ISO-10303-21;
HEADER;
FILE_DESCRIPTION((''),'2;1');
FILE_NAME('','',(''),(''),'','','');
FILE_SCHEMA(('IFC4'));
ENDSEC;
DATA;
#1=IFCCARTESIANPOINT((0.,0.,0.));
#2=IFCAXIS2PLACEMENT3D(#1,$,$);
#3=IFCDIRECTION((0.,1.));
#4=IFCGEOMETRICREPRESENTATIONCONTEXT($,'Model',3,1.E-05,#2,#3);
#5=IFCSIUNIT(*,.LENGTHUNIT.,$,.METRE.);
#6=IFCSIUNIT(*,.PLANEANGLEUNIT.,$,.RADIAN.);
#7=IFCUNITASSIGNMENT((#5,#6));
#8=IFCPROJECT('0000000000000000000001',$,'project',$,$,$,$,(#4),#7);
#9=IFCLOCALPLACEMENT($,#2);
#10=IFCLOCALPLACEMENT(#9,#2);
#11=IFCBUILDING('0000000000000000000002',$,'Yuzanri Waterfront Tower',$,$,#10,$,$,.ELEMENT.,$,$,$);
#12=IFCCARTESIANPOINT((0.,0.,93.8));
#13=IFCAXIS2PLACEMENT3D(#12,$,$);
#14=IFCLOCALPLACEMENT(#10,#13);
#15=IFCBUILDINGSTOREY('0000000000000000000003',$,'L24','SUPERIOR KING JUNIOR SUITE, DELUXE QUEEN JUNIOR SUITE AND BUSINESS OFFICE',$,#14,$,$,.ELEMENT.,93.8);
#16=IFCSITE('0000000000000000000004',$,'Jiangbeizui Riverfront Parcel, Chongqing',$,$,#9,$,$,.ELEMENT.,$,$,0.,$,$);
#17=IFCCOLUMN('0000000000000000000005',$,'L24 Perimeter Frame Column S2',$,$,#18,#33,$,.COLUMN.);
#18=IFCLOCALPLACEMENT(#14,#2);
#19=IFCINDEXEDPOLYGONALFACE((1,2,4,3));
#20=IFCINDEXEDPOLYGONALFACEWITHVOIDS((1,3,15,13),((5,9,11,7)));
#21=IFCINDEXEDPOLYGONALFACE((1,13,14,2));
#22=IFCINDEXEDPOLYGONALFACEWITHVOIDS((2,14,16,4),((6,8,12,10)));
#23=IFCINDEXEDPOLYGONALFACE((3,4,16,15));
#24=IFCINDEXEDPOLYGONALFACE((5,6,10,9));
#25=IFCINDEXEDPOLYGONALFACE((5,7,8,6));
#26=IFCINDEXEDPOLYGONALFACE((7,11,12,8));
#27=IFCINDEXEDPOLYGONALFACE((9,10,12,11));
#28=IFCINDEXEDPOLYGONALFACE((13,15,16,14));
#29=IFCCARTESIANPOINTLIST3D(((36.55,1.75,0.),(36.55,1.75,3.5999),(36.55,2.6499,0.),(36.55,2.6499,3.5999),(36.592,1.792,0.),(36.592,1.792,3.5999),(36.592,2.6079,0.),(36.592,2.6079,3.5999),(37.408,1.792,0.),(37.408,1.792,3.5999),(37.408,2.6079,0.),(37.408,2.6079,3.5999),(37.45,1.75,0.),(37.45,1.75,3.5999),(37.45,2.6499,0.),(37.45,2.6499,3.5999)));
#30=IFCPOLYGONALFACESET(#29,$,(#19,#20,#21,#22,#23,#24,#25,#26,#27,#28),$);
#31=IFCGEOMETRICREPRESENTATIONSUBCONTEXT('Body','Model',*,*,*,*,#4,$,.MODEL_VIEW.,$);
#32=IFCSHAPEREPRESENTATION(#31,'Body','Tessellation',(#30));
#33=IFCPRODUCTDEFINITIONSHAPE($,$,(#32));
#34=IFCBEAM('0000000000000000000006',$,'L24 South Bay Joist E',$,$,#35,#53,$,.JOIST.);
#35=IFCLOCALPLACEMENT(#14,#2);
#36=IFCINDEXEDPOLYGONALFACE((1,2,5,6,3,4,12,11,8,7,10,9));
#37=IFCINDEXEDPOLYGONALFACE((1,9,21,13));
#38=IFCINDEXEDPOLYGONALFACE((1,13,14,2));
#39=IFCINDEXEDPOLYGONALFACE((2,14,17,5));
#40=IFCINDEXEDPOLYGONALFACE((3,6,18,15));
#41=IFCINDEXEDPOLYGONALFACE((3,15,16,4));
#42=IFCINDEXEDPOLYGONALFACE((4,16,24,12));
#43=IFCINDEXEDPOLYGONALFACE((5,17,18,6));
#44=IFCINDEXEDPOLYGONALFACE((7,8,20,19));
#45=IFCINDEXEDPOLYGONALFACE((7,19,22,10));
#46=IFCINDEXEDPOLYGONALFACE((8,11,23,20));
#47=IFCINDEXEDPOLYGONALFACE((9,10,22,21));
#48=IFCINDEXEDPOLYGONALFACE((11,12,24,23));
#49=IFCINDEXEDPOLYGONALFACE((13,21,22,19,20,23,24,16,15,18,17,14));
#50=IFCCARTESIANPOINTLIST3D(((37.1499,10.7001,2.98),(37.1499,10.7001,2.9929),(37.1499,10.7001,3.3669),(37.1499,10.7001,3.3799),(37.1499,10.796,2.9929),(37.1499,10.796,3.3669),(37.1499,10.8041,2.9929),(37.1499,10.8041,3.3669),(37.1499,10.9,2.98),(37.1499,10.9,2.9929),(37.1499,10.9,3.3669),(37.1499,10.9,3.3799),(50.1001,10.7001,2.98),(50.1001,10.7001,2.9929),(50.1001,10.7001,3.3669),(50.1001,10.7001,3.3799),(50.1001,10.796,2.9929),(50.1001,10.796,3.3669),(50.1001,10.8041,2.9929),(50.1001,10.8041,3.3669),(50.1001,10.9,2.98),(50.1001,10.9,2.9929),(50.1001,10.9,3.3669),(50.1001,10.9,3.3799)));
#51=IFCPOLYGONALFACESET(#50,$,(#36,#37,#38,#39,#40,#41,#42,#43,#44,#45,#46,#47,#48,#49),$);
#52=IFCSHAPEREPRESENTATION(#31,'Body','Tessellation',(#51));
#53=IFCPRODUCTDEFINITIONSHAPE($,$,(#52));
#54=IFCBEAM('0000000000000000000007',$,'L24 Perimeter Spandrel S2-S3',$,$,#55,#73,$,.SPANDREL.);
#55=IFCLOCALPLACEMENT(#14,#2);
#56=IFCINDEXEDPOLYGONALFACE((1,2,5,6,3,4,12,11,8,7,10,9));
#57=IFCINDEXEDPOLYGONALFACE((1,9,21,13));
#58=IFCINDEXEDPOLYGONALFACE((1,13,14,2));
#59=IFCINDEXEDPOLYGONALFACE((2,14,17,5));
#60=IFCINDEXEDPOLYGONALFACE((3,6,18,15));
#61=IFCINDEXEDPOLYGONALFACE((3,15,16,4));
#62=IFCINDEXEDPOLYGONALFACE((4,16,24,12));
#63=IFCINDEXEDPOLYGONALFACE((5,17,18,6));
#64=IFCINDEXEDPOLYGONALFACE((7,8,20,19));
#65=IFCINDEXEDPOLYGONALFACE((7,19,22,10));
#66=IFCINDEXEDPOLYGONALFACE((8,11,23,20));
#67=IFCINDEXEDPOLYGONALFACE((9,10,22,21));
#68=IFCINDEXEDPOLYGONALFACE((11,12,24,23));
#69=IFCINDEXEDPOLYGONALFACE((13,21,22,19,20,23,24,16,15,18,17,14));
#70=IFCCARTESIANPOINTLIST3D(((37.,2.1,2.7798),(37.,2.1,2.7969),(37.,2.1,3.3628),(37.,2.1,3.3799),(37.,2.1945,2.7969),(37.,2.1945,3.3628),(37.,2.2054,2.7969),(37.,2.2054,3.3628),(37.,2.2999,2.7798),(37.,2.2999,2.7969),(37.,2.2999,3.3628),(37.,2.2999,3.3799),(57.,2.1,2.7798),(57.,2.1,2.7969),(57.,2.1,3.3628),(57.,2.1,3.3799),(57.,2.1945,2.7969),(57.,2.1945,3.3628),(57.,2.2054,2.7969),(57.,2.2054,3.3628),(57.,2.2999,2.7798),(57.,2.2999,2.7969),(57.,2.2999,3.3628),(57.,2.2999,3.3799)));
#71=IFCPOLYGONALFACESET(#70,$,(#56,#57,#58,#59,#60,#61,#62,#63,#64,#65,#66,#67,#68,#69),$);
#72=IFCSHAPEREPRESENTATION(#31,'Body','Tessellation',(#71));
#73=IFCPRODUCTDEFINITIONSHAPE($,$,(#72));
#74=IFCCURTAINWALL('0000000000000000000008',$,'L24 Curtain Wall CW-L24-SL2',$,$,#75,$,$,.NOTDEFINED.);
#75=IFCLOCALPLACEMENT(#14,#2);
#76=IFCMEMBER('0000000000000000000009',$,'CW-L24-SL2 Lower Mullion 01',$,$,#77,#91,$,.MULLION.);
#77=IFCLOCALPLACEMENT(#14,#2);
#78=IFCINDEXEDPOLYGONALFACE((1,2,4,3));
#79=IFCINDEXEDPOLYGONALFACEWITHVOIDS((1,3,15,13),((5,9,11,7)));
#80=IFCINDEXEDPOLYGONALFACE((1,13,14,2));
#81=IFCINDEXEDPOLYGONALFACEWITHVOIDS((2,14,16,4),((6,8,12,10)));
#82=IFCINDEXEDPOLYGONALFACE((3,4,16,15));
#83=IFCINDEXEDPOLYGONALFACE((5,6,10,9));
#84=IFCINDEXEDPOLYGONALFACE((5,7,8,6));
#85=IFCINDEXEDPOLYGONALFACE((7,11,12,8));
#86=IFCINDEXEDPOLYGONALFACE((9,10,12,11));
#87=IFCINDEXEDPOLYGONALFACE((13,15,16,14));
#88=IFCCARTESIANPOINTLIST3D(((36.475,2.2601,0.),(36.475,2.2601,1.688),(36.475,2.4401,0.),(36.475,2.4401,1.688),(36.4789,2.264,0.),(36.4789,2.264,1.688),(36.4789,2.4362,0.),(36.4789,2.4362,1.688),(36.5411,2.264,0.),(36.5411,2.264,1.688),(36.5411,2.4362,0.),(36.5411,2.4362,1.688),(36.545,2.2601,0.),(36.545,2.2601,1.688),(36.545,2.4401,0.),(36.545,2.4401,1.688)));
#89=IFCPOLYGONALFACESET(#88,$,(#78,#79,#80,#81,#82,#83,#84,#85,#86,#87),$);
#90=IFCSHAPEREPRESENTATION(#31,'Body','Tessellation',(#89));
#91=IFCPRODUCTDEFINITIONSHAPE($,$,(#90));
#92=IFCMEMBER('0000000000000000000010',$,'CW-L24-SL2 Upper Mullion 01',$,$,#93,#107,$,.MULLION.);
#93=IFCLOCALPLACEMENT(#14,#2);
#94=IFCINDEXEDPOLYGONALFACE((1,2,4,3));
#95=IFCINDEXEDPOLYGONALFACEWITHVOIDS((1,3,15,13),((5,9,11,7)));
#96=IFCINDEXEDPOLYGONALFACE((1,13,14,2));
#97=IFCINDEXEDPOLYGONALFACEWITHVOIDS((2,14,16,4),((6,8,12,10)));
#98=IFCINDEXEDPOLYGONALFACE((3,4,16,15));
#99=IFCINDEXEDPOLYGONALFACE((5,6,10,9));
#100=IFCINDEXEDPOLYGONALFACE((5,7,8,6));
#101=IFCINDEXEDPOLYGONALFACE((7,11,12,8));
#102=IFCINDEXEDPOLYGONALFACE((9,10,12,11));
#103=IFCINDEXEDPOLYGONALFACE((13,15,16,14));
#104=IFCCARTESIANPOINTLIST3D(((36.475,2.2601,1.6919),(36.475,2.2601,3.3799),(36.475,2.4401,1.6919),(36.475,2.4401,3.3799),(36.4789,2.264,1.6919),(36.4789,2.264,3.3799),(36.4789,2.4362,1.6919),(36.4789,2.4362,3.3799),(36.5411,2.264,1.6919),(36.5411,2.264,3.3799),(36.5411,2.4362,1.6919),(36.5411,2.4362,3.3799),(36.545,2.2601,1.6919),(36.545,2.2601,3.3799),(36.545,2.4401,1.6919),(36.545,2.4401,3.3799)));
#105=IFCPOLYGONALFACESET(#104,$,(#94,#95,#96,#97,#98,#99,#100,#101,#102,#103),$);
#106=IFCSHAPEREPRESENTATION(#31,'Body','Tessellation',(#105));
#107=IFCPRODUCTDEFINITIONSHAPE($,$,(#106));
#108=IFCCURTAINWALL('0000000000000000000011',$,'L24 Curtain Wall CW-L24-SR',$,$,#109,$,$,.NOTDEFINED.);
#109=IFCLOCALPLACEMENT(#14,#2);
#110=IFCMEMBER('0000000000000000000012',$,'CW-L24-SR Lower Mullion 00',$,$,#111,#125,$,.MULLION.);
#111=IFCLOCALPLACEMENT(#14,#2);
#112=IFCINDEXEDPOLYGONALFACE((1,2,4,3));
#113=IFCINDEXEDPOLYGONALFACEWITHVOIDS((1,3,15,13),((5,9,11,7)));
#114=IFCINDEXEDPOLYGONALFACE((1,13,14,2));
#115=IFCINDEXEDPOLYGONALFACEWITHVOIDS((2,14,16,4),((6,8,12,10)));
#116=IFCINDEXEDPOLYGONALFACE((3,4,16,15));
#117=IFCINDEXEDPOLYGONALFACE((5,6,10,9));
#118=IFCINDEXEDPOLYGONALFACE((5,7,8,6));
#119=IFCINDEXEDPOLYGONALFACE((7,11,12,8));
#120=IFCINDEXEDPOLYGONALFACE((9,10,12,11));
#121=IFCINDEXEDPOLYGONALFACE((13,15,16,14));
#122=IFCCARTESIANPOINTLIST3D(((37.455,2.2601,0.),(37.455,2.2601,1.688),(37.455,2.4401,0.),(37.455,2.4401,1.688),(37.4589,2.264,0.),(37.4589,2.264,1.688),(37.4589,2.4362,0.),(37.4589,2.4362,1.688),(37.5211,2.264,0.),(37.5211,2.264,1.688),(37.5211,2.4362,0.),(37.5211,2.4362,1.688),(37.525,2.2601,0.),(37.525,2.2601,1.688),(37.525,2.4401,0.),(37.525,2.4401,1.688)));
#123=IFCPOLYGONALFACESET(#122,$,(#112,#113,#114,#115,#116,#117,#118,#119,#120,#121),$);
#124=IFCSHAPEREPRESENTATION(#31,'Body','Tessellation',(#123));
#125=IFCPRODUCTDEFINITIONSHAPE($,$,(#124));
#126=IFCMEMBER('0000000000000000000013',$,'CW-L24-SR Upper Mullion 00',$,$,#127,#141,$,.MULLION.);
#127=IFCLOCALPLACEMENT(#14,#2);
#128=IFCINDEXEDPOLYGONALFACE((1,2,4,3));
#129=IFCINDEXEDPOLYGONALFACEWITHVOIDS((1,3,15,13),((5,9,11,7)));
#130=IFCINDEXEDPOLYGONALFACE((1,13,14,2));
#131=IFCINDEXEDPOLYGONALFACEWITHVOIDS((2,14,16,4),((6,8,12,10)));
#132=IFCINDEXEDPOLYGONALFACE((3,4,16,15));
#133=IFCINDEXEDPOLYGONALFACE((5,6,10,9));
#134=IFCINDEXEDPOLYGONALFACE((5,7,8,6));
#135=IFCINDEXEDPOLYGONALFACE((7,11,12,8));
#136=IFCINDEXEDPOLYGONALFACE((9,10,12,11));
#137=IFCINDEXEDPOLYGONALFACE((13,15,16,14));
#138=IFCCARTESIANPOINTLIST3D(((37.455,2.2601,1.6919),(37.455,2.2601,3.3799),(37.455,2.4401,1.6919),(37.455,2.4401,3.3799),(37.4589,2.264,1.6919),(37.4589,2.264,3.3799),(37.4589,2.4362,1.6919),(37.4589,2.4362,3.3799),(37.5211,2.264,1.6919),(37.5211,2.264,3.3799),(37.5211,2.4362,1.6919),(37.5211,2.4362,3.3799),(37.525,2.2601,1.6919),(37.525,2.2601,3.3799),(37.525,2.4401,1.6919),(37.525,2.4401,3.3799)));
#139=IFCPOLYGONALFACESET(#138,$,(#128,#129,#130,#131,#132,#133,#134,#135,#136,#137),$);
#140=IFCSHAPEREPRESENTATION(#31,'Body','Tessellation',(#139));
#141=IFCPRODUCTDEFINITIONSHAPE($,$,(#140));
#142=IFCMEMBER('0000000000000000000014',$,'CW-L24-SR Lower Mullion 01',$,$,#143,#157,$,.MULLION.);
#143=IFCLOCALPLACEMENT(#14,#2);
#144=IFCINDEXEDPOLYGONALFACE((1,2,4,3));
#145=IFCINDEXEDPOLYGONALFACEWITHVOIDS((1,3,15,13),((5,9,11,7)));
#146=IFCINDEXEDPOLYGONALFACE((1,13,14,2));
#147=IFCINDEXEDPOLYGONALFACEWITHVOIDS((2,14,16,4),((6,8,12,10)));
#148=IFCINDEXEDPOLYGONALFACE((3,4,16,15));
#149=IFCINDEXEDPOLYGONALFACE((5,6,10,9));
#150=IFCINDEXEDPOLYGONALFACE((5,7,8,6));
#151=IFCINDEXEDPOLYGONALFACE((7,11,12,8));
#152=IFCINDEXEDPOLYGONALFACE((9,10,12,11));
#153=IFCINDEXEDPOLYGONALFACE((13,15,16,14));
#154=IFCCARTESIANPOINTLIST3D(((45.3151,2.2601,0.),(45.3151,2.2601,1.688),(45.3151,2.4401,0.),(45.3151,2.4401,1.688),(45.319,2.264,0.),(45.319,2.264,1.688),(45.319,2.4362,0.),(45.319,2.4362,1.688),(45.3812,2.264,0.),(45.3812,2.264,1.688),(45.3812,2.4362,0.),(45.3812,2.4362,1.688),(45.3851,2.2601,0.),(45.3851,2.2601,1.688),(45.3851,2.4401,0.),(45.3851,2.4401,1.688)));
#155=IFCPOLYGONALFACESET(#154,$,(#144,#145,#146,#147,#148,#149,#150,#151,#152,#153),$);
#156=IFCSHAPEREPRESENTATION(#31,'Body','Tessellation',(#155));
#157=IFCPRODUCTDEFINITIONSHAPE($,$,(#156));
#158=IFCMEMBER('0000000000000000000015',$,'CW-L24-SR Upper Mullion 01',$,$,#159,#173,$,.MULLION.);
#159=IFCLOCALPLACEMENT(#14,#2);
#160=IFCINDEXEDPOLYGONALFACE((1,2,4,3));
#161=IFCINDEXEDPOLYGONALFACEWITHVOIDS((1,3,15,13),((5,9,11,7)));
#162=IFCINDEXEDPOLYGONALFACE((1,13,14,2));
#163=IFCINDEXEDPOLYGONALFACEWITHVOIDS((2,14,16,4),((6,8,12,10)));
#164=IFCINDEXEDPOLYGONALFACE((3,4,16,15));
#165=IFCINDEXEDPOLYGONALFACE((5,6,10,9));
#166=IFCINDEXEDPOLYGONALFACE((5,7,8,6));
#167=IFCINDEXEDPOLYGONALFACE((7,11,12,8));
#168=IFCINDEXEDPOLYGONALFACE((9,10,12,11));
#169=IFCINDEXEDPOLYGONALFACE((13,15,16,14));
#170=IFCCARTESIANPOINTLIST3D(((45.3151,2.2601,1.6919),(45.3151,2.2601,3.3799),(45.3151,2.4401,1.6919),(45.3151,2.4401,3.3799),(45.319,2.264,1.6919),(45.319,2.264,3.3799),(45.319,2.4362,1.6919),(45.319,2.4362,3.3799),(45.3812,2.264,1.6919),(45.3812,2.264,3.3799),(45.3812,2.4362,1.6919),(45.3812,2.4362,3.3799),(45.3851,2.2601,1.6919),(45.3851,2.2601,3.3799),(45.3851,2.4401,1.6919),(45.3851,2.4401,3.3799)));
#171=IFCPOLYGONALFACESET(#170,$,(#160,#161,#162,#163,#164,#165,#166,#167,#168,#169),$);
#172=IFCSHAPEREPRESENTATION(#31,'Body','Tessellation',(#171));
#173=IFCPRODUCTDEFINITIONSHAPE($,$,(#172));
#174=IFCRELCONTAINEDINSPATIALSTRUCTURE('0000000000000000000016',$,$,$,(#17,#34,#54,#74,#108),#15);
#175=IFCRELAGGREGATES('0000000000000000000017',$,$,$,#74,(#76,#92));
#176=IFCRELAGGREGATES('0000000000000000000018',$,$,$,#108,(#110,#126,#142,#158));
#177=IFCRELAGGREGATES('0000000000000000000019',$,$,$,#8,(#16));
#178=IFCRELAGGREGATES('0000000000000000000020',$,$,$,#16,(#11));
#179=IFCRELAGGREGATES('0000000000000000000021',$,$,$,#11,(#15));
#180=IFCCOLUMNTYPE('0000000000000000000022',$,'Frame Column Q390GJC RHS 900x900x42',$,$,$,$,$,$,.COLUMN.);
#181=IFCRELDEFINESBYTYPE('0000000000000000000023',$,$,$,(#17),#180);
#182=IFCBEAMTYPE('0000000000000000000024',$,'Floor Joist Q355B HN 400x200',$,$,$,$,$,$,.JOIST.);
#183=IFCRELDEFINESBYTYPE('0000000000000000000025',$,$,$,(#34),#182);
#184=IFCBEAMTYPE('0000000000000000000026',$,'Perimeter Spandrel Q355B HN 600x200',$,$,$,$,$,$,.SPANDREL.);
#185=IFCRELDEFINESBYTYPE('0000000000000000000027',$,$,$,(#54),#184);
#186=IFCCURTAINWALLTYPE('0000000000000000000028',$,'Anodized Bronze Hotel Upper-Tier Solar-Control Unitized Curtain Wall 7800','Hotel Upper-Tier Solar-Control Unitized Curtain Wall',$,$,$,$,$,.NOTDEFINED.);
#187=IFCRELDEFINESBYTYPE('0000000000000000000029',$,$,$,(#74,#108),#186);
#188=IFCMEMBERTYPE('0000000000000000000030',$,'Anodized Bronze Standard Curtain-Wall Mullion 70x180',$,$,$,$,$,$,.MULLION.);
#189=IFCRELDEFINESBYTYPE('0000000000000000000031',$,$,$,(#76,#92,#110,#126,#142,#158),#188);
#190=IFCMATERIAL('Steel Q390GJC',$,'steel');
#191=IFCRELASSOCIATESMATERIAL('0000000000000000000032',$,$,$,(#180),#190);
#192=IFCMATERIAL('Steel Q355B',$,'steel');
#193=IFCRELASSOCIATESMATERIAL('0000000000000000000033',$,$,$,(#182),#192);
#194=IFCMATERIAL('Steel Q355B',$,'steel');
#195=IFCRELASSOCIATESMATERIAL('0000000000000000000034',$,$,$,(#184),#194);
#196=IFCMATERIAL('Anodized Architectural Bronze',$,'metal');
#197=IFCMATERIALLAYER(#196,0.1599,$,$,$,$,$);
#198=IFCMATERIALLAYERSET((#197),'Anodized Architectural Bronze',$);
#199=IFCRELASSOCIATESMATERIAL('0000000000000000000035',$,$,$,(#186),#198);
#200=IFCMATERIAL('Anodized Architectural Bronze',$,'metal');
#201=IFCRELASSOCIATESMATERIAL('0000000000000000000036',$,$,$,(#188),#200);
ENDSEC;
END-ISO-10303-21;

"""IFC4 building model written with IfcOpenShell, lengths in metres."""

from ifc_helpers import new_model, si_unit, direction, frame, origin, origin_2d, place, context, subcontext, project, spatial, hollow_rectangle, i_section, extrude, source, transform, mapped, material, layer, layer_set, material_profile, profile_set, type_object, element, aggregate, save


model = new_model("IFC4")

# Units and contexts
model_context = context("Model", 3, precision=1e-05, world=origin(), true_north=direction((0.0, 1.0)))
body_context = subcontext(model_context, "Body", "Model", "MODEL_VIEW")
ifc_project = project(units=[si_unit("LENGTHUNIT", "METRE"), si_unit("PLANEANGLEUNIT", "RADIAN")], contexts=[model_context])

# Site, building, storey
site_placement = place(None, origin())
site = spatial("IfcSite", under=ifc_project, at=site_placement, Name="Jiangbeizui Riverfront Parcel, Chongqing", CompositionType="ELEMENT", RefElevation=0.0)
building_placement = place(site_placement, origin())
building = spatial("IfcBuilding", under=site, at=building_placement, Name="Yuzanri Waterfront Tower", CompositionType="ELEMENT")
storey_placement = place(building_placement, frame((0.0, 0.0, 93.8)))
storey = spatial("IfcBuildingStorey", under=building, at=storey_placement, Name="L24", Description="SUPERIOR KING JUNIOR SUITE, DELUXE QUEEN JUNIOR SUITE AND BUSINESS OFFICE", CompositionType="ELEMENT", Elevation=93.8)

# Column
ifc_material_1 = material(Name="Steel Q390GJC", Category="steel")
ifc_material_profile_1 = material_profile(ifc_material_1, hollow_rectangle(XDim=0.8999, YDim=0.8999, WallThickness=0.042, at=origin_2d()), Name="RHS 900x900x42")
ifc_profile_set_1 = profile_set([ifc_material_profile_1], Name="Steel Q390GJC")
column_type = type_object("IfcColumnType", Name="Frame Column Q390GJC RHS 900x900x42", PredefinedType="COLUMN", material=ifc_profile_set_1)
shared_shape_1 = source(origin(), body_context, "Body", "SweptSolid", [
    extrude(hollow_rectangle(XDim=0.8999, YDim=0.8999, WallThickness=0.042, at=origin_2d()), origin(), (0.0, 0.0, 1.0), 3.5999),
])
column_placement = place(storey_placement, frame((37.0, 2.2, 0.0), z_axis=(0.0, 0.0, 1.0), x_axis=(1.0, 0.0, 0.0)))
element("IfcColumn", 1, at=column_placement, inside=storey, type_object=column_type, Name="L24 Perimeter Frame Column S2", PredefinedType="COLUMN", context=body_context, shape_type="MappedRepresentation", body=[
    mapped(shared_shape_1, transform((0.0, 0.0, 0.0), scale=1.0)),
])

# Beams
ifc_material_2 = material(Name="Steel Q355B", Category="steel")
ifc_material_profile_2 = material_profile(ifc_material_2, i_section(OverallWidth=0.2, OverallDepth=0.3999, WebThickness=0.0081, FlangeThickness=0.0129, at=origin_2d()), Name="HN 400x200x8x13")
ifc_profile_set_2 = profile_set([ifc_material_profile_2], Name="Steel Q355B")
beam_type_1 = type_object("IfcBeamType", Name="Floor Joist Q355B HN 400x200", PredefinedType="JOIST", material=ifc_profile_set_2)
shared_shape_2 = source(origin(), body_context, "Body", "SweptSolid", [
    extrude(i_section(OverallWidth=0.2, OverallDepth=0.3999, WebThickness=0.0081, FlangeThickness=0.0129, at=origin_2d()), origin(), (0.0, 0.0, 1.0), 12.9502),
])
beam_1_placement = place(storey_placement, frame((37.1499, 10.8, 3.1799), z_axis=(1.0, 0.0, 0.0), x_axis=(0.0, 1.0, 0.0)))
element("IfcBeam", 2, at=beam_1_placement, inside=storey, type_object=beam_type_1, Name="L24 South Bay Joist E", PredefinedType="JOIST", context=body_context, shape_type="MappedRepresentation", body=[
    mapped(shared_shape_2, transform((0.0, 0.0, 0.0), scale=1.0)),
])
ifc_material_3 = material(Name="Steel Q355B", Category="steel")
ifc_material_profile_3 = material_profile(ifc_material_3, i_section(OverallWidth=0.2, OverallDepth=0.6001, WebThickness=0.011, FlangeThickness=0.0171, at=origin_2d()), Name="HN 600x200x11x17")
ifc_profile_set_3 = profile_set([ifc_material_profile_3], Name="Steel Q355B")
beam_type_2 = type_object("IfcBeamType", Name="Perimeter Spandrel Q355B HN 600x200", PredefinedType="SPANDREL", material=ifc_profile_set_3)
shared_shape_3 = source(origin(), body_context, "Body", "SweptSolid", [
    extrude(i_section(OverallWidth=0.2, OverallDepth=0.6001, WebThickness=0.011, FlangeThickness=0.0171, at=origin_2d()), origin(), (0.0, 0.0, 1.0), 20.0),
])
beam_2_placement = place(storey_placement, frame((37.0, 2.2, 3.0798), z_axis=(1.0, 0.0, 0.0), x_axis=(0.0, 1.0, 0.0)))
element("IfcBeam", 3, at=beam_2_placement, inside=storey, type_object=beam_type_2, Name="L24 Perimeter Spandrel S2-S3", PredefinedType="SPANDREL", context=body_context, shape_type="MappedRepresentation", body=[
    mapped(shared_shape_3, transform((0.0, 0.0, 0.0), scale=1.0)),
])

# Curtain wall, members
ifc_material_4 = material(Name="Anodized Architectural Bronze", Category="metal")
ifc_layer_1 = layer(ifc_material_4, 0.1599)
ifc_layer_set_1 = layer_set([ifc_layer_1], Name="Anodized Architectural Bronze")
curtain_wall_type = type_object("IfcCurtainWallType", Name="Anodized Bronze Hotel Upper-Tier Solar-Control Unitized Curtain Wall 7800", Description="Hotel Upper-Tier Solar-Control Unitized Curtain Wall", PredefinedType="NOTDEFINED", material=ifc_layer_set_1)
curtain_wall_1_placement = place(storey_placement, origin())
curtain_wall_1 = element("IfcCurtainWall", 4, at=curtain_wall_1_placement, inside=storey, type_object=curtain_wall_type, Name="L24 Curtain Wall CW-L24-SL2", PredefinedType="NOTDEFINED")
ifc_material_5 = material(Name="Anodized Architectural Bronze", Category="metal")
ifc_material_profile_4 = material_profile(ifc_material_5, hollow_rectangle(XDim=0.0701, YDim=0.1799, WallThickness=0.0039, at=origin_2d()), Name="CWM 70x180")
ifc_profile_set_4 = profile_set([ifc_material_profile_4], Name="Anodized Architectural Bronze")
member_type_1 = type_object("IfcMemberType", Name="Anodized Bronze Standard Curtain-Wall Mullion 70x180", PredefinedType="MULLION", material=ifc_profile_set_4)
shared_shape_4 = source(origin(), body_context, "Body", "SweptSolid", [
    extrude(hollow_rectangle(XDim=0.0701, YDim=0.1799, WallThickness=0.0039, at=origin_2d()), origin(), (0.0, 0.0, 1.0), 1.688),
])
member_1_placement = place(storey_placement, frame((36.51, 2.3501, 0.0), z_axis=(0.0, 0.0, 1.0), x_axis=(1.0, 0.0, 0.0)))
member_1 = element("IfcMember", 5, at=member_1_placement, type_object=member_type_1, Name="CW-L24-SL2 Lower Mullion 01", PredefinedType="MULLION", context=body_context, shape_type="MappedRepresentation", body=[
    mapped(shared_shape_4, transform((0.0, 0.0, 0.0), scale=1.0)),
])
member_2_placement = place(storey_placement, frame((36.51, 2.3501, 1.6919), z_axis=(0.0, 0.0, 1.0), x_axis=(1.0, 0.0, 0.0)))
member_2 = element("IfcMember", 6, at=member_2_placement, type_object=member_type_1, Name="CW-L24-SL2 Upper Mullion 01", PredefinedType="MULLION", context=body_context, shape_type="MappedRepresentation", body=[
    mapped(shared_shape_4, transform((0.0, 0.0, 0.0), scale=1.0)),
])
aggregate(curtain_wall_1, [member_1, member_2])

# Curtain wall, members
curtain_wall_2_placement = place(storey_placement, origin())
curtain_wall_2 = element("IfcCurtainWall", 7, at=curtain_wall_2_placement, inside=storey, type_object=curtain_wall_type, Name="L24 Curtain Wall CW-L24-SR", PredefinedType="NOTDEFINED")
member_3_placement = place(storey_placement, frame((37.49, 2.3501, 0.0), z_axis=(0.0, 0.0, 1.0), x_axis=(1.0, 0.0, 0.0)))
member_3 = element("IfcMember", 8, at=member_3_placement, type_object=member_type_1, Name="CW-L24-SR Lower Mullion 00", PredefinedType="MULLION", context=body_context, shape_type="MappedRepresentation", body=[
    mapped(shared_shape_4, transform((0.0, 0.0, 0.0), scale=1.0)),
])
member_4_placement = place(storey_placement, frame((37.49, 2.3501, 1.6919), z_axis=(0.0, 0.0, 1.0), x_axis=(1.0, 0.0, 0.0)))
member_4 = element("IfcMember", 9, at=member_4_placement, type_object=member_type_1, Name="CW-L24-SR Upper Mullion 00", PredefinedType="MULLION", context=body_context, shape_type="MappedRepresentation", body=[
    mapped(shared_shape_4, transform((0.0, 0.0, 0.0), scale=1.0)),
])
member_5_placement = place(storey_placement, frame((45.3501, 2.3501, 0.0), z_axis=(0.0, 0.0, 1.0), x_axis=(1.0, 0.0, 0.0)))
member_5 = element("IfcMember", 10, at=member_5_placement, type_object=member_type_1, Name="CW-L24-SR Lower Mullion 01", PredefinedType="MULLION", context=body_context, shape_type="MappedRepresentation", body=[
    mapped(shared_shape_4, transform((0.0, 0.0, 0.0), scale=1.0)),
])
member_6_placement = place(storey_placement, frame((45.3501, 2.3501, 1.6919), z_axis=(0.0, 0.0, 1.0), x_axis=(1.0, 0.0, 0.0)))
member_6 = element("IfcMember", 11, at=member_6_placement, type_object=member_type_1, Name="CW-L24-SR Upper Mullion 01", PredefinedType="MULLION", context=body_context, shape_type="MappedRepresentation", body=[
    mapped(shared_shape_4, transform((0.0, 0.0, 0.0), scale=1.0)),
])
aggregate(curtain_wall_2, [member_3, member_4, member_5, member_6])

save(model, "model.ifc")
